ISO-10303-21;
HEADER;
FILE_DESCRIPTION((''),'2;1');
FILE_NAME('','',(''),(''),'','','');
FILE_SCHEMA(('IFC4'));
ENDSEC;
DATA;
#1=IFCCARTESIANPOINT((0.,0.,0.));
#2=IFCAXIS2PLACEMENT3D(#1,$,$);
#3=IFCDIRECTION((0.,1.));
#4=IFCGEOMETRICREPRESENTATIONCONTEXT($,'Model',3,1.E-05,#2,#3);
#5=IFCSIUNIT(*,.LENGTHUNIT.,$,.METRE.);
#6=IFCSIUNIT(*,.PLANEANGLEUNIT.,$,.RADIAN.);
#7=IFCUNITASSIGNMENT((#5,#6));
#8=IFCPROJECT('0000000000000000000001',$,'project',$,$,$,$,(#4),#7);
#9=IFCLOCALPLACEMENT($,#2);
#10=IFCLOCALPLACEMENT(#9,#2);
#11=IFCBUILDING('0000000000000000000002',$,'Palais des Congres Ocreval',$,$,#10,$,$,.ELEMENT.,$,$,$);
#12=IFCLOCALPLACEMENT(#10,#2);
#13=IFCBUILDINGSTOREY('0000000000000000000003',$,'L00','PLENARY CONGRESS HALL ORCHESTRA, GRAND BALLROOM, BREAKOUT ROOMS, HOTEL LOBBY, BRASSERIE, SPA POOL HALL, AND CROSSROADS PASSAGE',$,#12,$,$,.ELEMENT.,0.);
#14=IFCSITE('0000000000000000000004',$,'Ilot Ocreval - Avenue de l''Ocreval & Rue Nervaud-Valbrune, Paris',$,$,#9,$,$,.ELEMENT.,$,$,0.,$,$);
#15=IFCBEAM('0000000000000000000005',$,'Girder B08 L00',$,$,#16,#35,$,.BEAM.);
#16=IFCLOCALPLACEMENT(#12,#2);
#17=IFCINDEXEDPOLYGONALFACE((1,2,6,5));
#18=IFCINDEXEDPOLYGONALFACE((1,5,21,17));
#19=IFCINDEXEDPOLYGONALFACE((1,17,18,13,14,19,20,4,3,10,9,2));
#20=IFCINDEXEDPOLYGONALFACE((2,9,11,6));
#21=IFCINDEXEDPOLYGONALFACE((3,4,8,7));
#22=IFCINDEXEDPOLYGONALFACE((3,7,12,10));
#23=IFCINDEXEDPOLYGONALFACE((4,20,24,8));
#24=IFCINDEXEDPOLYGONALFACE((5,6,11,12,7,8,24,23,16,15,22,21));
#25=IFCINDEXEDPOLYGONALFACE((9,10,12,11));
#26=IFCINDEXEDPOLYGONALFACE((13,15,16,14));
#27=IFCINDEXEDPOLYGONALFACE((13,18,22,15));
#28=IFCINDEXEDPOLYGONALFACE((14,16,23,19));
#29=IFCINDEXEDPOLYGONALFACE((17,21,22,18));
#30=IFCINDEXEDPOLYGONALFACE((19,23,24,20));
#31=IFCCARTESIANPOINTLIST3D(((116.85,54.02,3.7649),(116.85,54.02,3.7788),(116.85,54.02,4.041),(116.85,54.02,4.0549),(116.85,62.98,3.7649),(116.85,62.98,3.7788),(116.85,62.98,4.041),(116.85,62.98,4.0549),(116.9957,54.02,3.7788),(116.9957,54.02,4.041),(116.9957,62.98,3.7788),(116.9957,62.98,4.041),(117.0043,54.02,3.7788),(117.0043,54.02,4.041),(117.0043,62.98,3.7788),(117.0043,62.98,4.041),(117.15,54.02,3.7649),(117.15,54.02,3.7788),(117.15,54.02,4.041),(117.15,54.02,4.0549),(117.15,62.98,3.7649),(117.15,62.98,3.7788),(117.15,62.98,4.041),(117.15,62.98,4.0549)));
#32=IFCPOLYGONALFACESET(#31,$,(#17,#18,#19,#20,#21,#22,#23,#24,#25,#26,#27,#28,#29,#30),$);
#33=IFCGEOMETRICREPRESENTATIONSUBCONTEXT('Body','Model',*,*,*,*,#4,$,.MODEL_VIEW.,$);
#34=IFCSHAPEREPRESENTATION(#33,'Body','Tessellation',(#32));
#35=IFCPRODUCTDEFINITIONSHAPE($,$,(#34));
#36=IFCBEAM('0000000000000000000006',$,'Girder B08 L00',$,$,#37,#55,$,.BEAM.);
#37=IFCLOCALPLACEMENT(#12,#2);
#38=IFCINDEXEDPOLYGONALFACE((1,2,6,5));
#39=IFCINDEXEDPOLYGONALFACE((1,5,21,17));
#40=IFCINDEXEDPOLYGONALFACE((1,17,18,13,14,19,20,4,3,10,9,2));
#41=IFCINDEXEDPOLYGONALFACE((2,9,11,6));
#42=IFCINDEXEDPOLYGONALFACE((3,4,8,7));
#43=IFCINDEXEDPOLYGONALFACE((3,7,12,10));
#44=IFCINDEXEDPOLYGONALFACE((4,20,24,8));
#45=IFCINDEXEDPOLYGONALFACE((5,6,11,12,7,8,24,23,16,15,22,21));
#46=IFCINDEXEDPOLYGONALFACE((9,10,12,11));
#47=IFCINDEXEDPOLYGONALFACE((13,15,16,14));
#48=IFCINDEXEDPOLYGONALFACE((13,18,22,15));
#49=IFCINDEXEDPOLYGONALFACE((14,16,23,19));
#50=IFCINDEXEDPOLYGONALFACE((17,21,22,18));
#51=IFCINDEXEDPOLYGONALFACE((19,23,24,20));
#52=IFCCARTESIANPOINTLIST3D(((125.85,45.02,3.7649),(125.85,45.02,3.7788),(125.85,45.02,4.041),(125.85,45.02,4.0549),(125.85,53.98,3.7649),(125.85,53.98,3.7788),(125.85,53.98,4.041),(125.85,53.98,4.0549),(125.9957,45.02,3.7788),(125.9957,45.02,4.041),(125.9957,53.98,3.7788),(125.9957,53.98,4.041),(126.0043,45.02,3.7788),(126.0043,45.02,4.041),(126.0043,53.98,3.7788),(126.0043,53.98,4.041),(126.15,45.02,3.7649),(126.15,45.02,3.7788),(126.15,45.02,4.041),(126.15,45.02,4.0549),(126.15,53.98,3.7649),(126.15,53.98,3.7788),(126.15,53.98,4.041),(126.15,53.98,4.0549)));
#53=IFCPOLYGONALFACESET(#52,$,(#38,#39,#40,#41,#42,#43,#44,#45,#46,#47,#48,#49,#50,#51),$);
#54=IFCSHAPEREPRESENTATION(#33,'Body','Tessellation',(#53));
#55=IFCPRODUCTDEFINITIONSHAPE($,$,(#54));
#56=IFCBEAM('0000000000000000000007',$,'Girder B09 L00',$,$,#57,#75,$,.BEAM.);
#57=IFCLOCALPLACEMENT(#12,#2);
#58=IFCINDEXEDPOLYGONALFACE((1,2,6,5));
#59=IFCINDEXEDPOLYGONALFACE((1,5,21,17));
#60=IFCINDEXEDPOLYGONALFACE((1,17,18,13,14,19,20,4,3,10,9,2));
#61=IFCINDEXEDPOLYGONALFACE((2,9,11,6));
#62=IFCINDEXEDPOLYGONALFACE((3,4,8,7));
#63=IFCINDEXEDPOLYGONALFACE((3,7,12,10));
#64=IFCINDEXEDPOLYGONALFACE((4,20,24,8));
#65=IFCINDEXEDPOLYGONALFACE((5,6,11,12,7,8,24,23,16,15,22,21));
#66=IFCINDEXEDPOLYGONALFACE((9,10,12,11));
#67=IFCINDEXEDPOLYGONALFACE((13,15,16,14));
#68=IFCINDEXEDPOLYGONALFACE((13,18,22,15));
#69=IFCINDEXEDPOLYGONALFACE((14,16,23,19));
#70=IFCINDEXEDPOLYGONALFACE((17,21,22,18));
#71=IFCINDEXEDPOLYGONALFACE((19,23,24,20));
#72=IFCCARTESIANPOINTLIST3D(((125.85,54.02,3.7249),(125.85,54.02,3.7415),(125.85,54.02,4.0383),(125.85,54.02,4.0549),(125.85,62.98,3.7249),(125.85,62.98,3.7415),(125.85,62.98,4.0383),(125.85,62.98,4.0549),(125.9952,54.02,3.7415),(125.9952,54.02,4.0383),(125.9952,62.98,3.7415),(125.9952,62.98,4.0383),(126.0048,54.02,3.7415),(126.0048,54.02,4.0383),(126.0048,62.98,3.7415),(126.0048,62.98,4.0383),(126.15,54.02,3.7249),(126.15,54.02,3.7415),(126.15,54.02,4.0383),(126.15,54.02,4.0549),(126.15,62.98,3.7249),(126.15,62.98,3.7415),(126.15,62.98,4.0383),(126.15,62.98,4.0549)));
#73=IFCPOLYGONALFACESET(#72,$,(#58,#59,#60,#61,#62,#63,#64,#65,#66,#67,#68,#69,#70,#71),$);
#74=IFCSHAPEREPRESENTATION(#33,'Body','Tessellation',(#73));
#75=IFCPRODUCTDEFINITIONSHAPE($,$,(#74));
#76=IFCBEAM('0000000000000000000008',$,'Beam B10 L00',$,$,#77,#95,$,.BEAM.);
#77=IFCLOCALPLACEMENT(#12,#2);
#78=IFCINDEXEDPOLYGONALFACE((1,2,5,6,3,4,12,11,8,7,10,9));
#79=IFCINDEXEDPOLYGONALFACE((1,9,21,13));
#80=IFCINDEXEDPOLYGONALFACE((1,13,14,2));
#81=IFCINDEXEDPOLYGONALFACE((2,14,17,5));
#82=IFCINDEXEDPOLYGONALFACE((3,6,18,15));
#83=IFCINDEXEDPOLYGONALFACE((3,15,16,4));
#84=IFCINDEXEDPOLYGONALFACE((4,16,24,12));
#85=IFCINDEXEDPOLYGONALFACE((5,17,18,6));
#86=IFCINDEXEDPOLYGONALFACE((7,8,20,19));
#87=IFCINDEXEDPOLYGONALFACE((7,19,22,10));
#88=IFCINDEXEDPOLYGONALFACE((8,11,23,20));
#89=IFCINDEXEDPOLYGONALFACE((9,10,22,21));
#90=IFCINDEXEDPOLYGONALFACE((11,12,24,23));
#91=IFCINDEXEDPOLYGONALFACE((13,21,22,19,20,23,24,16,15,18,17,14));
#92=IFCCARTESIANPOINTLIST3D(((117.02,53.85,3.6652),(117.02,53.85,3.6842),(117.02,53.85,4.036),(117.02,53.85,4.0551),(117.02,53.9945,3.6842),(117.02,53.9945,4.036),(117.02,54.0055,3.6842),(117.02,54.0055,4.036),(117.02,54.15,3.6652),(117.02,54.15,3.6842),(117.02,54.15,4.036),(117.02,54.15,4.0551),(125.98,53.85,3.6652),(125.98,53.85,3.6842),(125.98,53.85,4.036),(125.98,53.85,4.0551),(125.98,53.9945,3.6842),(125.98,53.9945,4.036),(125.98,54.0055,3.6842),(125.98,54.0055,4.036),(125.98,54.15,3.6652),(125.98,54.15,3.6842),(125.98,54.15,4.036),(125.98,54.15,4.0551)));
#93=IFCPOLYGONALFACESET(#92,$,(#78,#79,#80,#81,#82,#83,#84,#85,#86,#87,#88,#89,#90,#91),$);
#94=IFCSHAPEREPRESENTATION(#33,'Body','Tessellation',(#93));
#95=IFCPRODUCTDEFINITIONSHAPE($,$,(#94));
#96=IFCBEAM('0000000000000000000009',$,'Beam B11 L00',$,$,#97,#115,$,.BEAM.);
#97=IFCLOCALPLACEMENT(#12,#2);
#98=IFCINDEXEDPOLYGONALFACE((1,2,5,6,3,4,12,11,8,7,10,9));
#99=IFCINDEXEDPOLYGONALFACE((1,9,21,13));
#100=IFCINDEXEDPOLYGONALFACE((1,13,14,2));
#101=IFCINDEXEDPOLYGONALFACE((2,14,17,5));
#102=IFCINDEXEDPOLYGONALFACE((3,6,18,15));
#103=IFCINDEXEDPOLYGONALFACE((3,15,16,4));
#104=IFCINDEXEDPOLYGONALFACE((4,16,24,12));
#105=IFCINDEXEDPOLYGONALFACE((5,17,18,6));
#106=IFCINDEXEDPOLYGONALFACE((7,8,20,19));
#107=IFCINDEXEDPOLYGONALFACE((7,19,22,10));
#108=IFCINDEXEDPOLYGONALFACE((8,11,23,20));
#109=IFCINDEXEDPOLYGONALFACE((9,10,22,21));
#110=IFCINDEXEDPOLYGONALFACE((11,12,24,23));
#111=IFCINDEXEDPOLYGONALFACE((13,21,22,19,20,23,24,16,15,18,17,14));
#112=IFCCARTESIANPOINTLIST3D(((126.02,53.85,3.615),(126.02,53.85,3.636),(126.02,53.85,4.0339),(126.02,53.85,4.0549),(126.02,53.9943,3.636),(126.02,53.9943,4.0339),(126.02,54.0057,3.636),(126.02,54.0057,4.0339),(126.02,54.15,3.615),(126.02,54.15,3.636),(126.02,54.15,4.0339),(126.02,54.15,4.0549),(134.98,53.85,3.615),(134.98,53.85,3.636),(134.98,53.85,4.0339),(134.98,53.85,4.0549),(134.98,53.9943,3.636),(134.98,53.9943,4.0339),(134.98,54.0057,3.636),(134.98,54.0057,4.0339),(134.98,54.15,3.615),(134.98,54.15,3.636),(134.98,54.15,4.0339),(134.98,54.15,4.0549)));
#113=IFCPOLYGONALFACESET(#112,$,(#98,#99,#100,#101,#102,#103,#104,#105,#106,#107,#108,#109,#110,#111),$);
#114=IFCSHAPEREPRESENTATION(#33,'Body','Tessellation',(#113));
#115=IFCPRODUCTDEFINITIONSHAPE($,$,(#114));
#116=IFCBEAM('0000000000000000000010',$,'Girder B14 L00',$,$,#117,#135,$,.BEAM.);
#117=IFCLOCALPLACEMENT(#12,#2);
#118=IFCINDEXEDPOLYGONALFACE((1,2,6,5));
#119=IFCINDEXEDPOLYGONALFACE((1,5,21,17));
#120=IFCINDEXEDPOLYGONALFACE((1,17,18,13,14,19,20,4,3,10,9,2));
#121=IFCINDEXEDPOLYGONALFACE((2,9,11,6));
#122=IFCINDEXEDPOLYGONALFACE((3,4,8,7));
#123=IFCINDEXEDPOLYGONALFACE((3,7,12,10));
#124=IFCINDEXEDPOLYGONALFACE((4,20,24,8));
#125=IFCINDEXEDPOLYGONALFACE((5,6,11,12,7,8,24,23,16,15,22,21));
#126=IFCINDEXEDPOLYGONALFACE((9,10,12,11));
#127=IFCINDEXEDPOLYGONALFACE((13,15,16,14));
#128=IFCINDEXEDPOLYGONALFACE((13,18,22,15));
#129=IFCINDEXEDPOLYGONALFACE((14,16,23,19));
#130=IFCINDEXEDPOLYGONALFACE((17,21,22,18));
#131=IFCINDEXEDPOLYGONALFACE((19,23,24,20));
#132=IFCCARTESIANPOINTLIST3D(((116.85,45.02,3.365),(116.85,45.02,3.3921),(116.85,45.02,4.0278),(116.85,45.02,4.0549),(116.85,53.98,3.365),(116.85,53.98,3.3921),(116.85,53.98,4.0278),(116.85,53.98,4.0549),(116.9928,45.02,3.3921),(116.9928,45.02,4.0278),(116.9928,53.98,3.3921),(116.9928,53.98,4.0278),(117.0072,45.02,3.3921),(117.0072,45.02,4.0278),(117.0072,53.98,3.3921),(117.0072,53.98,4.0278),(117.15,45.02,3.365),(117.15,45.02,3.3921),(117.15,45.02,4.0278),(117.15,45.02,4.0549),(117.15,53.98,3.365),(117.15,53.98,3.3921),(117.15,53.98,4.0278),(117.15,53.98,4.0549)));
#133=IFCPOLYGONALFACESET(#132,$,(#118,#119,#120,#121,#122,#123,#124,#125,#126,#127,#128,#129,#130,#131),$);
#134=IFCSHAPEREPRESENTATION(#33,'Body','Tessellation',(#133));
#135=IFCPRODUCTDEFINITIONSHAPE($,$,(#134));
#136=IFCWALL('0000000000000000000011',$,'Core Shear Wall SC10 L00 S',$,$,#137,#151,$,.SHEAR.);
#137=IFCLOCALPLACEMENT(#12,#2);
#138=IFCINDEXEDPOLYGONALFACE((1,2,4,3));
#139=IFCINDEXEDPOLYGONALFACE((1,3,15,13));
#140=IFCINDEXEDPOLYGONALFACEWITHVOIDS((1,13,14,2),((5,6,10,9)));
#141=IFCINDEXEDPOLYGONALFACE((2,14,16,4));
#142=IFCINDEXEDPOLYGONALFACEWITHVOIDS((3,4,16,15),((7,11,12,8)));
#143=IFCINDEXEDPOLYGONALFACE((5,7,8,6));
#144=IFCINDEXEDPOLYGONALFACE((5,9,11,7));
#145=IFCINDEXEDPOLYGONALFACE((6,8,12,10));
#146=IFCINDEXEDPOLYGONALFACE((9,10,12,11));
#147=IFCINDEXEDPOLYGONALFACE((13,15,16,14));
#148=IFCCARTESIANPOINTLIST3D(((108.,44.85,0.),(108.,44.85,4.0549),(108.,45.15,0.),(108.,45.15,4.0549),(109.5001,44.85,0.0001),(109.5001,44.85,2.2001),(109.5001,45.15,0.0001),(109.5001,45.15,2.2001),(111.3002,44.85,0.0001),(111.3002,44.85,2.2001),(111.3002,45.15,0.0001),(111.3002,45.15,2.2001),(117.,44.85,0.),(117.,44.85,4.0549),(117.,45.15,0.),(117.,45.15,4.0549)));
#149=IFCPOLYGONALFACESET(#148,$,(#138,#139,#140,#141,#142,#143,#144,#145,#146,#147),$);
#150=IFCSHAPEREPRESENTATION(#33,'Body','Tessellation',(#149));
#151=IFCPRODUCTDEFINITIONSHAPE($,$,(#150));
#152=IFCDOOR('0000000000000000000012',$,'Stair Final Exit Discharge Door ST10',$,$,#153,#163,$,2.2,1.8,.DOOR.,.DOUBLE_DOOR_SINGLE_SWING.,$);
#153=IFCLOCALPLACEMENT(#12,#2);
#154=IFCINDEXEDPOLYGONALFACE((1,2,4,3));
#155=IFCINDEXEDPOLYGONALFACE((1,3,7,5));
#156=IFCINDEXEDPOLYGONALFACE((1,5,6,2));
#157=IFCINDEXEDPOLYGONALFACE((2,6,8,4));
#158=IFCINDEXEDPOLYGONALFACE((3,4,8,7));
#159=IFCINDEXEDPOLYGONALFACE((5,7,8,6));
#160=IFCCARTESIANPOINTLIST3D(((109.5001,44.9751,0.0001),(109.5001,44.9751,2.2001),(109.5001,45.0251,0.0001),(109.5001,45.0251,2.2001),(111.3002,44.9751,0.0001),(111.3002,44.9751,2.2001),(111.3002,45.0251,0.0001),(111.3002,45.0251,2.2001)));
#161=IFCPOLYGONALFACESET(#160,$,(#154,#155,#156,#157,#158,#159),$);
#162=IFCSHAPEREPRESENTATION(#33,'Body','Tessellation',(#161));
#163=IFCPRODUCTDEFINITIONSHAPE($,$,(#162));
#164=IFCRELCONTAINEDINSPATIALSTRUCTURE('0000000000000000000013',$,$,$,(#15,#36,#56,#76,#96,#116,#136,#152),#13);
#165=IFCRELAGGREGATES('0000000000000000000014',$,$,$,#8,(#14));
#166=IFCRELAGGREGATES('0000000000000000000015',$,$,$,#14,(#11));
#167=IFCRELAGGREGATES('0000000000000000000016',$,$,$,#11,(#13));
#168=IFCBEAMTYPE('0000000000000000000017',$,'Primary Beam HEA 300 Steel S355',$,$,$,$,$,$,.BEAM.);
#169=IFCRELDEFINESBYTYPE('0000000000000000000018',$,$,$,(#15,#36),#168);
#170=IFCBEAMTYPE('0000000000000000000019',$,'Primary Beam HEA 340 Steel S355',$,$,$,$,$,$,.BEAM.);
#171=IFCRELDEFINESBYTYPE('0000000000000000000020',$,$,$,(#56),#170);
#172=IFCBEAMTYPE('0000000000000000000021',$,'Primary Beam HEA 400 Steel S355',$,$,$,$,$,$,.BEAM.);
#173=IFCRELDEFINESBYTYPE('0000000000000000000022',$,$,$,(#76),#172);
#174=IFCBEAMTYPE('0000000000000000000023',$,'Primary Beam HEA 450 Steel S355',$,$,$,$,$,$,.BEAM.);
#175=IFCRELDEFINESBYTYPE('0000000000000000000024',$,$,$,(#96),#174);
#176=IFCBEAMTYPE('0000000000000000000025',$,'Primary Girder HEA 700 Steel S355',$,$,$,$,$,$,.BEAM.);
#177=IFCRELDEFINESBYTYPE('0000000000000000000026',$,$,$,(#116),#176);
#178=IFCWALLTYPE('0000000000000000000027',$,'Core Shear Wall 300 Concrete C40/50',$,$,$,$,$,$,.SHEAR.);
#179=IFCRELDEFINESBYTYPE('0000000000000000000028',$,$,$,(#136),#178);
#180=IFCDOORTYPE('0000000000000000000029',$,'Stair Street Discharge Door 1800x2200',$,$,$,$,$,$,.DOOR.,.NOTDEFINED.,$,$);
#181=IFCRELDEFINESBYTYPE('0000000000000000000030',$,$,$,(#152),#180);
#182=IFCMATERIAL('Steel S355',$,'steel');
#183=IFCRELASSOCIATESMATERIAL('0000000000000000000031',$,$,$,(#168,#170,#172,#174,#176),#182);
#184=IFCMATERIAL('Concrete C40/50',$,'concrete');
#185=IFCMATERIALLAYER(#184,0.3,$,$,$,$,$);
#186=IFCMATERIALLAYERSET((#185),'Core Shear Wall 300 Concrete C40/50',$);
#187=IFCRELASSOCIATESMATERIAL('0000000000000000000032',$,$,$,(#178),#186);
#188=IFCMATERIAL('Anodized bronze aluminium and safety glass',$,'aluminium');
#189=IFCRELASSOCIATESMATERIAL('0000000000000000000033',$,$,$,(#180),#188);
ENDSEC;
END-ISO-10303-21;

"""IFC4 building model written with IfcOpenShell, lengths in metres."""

from ifc_helpers import new_model, si_unit, direction, frame, frame_2d, origin, origin_2d, place, context, subcontext, project, spatial, rectangle, i_section, extrude, material, layer, layer_set, material_profile, profile_set, type_object, element, fill, save


model = new_model("IFC4")

# Units and contexts
model_context = context("Model", 3, precision=1e-05, world=origin(), true_north=direction((0.0, 1.0)))
body_context = subcontext(model_context, "Body", "Model", "MODEL_VIEW")
ifc_project = project(units=[si_unit("LENGTHUNIT", "METRE"), si_unit("PLANEANGLEUNIT", "RADIAN")], contexts=[model_context])

# Site, building, storey
site_placement = place(None, origin())
site = spatial("IfcSite", under=ifc_project, at=site_placement, Name="Ilot Ocreval - Avenue de l'Ocreval & Rue Nervaud-Valbrune, Paris", CompositionType="ELEMENT", RefElevation=0.0)
building_placement = place(site_placement, origin())
building = spatial("IfcBuilding", under=site, at=building_placement, Name="Palais des Congres Ocreval", CompositionType="ELEMENT")
storey_placement = place(building_placement, origin())
storey = spatial("IfcBuildingStorey", under=building, at=storey_placement, Name="L00", Description="PLENARY CONGRESS HALL ORCHESTRA, GRAND BALLROOM, BREAKOUT ROOMS, HOTEL LOBBY, BRASSERIE, SPA POOL HALL, AND CROSSROADS PASSAGE", CompositionType="ELEMENT", Elevation=0.0)

# Shared definitions
ifc_material_1 = material(Name="Steel S355", Category="steel")

# Beams
ifc_material_profile_1 = material_profile(ifc_material_1, i_section(OverallWidth=0.3, OverallDepth=0.29, WebThickness=0.0085, FlangeThickness=0.0139, at=origin_2d()), Name="HEA 300")
ifc_profile_set_1 = profile_set([ifc_material_profile_1], Name="Steel S355")
beam_type_1 = type_object("IfcBeamType", Name="Primary Beam HEA 300 Steel S355", PredefinedType="BEAM", material=ifc_profile_set_1)
for number, where, z_axis, x_axis, name in (
    (1, (117.0, 54.02, 3.9099), (0.0, 1.0, 0.0), (-1.0, 0.0, 0.0), "Girder B08 L00"),
    (2, (126.0, 45.02, 3.9099), (0.0, 1.0, 0.0), (-1.0, 0.0, 0.0), "Girder B08 L00"),
):
    element("IfcBeam", number, at=place(storey_placement, frame(where, z_axis=z_axis, x_axis=x_axis)), inside=storey, type_object=beam_type_1, Name=name, PredefinedType="BEAM", context=body_context, shape_type="SweptSolid", body=[
        extrude(i_section(OverallWidth=0.3, OverallDepth=0.29, WebThickness=0.0085, FlangeThickness=0.0139, at=origin_2d()), origin(), (0.0, 0.0, 1.0), 8.96),
    ])
ifc_material_profile_2 = material_profile(ifc_material_1, i_section(OverallWidth=0.3, OverallDepth=0.3301, WebThickness=0.0095, FlangeThickness=0.0166, at=origin_2d()), Name="HEA 340")
ifc_profile_set_2 = profile_set([ifc_material_profile_2], Name="Steel S355")
beam_type_2 = type_object("IfcBeamType", Name="Primary Beam HEA 340 Steel S355", PredefinedType="BEAM", material=ifc_profile_set_2)
beam_1_placement = place(storey_placement, frame((126.0, 54.02, 3.8899), z_axis=(0.0, 1.0, 0.0), x_axis=(-1.0, 0.0, 0.0)))
element("IfcBeam", 3, at=beam_1_placement, inside=storey, type_object=beam_type_2, Name="Girder B09 L00", PredefinedType="BEAM", context=body_context, shape_type="SweptSolid", body=[
    extrude(i_section(OverallWidth=0.3, OverallDepth=0.3301, WebThickness=0.0095, FlangeThickness=0.0166, at=origin_2d()), origin(), (0.0, 0.0, 1.0), 8.96),
])
ifc_material_profile_3 = material_profile(ifc_material_1, i_section(OverallWidth=0.3, OverallDepth=0.3899, WebThickness=0.011, FlangeThickness=0.019, at=origin_2d()), Name="HEA 400")
ifc_profile_set_3 = profile_set([ifc_material_profile_3], Name="Steel S355")
beam_type_3 = type_object("IfcBeamType", Name="Primary Beam HEA 400 Steel S355", PredefinedType="BEAM", material=ifc_profile_set_3)
beam_2_placement = place(storey_placement, frame((117.02, 54.0, 3.8601), z_axis=(1.0, 0.0, 0.0), x_axis=(0.0, 1.0, 0.0)))
element("IfcBeam", 4, at=beam_2_placement, inside=storey, type_object=beam_type_3, Name="Beam B10 L00", PredefinedType="BEAM", context=body_context, shape_type="SweptSolid", body=[
    extrude(i_section(OverallWidth=0.3, OverallDepth=0.3899, WebThickness=0.011, FlangeThickness=0.019, at=origin_2d()), origin(), (0.0, 0.0, 1.0), 8.96),
])
ifc_material_profile_4 = material_profile(ifc_material_1, i_section(OverallWidth=0.3, OverallDepth=0.4399, WebThickness=0.0115, FlangeThickness=0.021, at=origin_2d()), Name="HEA 450")
ifc_profile_set_4 = profile_set([ifc_material_profile_4], Name="Steel S355")
beam_type_4 = type_object("IfcBeamType", Name="Primary Beam HEA 450 Steel S355", PredefinedType="BEAM", material=ifc_profile_set_4)
beam_3_placement = place(storey_placement, frame((126.02, 54.0, 3.835), z_axis=(1.0, 0.0, 0.0), x_axis=(0.0, 1.0, 0.0)))
element("IfcBeam", 5, at=beam_3_placement, inside=storey, type_object=beam_type_4, Name="Beam B11 L00", PredefinedType="BEAM", context=body_context, shape_type="SweptSolid", body=[
    extrude(i_section(OverallWidth=0.3, OverallDepth=0.4399, WebThickness=0.0115, FlangeThickness=0.021, at=origin_2d()), origin(), (0.0, 0.0, 1.0), 8.96),
])
ifc_material_profile_5 = material_profile(ifc_material_1, i_section(OverallWidth=0.3, OverallDepth=0.6899, WebThickness=0.0144, FlangeThickness=0.0271, at=origin_2d()), Name="HEA 700")
ifc_profile_set_5 = profile_set([ifc_material_profile_5], Name="Steel S355")
beam_type_5 = type_object("IfcBeamType", Name="Primary Girder HEA 700 Steel S355", PredefinedType="BEAM", material=ifc_profile_set_5)
beam_4_placement = place(storey_placement, frame((117.0, 45.02, 3.71), z_axis=(0.0, 1.0, 0.0), x_axis=(-1.0, 0.0, 0.0)))
element("IfcBeam", 6, at=beam_4_placement, inside=storey, type_object=beam_type_5, Name="Girder B14 L00", PredefinedType="BEAM", context=body_context, shape_type="SweptSolid", body=[
    extrude(i_section(OverallWidth=0.3, OverallDepth=0.6899, WebThickness=0.0144, FlangeThickness=0.0271, at=origin_2d()), origin(), (0.0, 0.0, 1.0), 8.96),
])

# Wall, opening, door
ifc_material_2 = material(Name="Concrete C40/50", Category="concrete")
ifc_layer_1 = layer(ifc_material_2, 0.3)
ifc_layer_set_1 = layer_set([ifc_layer_1], Name="Core Shear Wall 300 Concrete C40/50")
wall_type_1 = type_object("IfcWallType", Name="Core Shear Wall 300 Concrete C40/50", PredefinedType="SHEAR", material=ifc_layer_set_1)
wall_1_placement = place(storey_placement, frame((117.0, 45.0, 0.0), z_axis=(0.0, 0.0, 1.0), x_axis=(-1.0, 0.0, 0.0)))
wall_1 = element("IfcWall", 7, at=wall_1_placement, inside=storey, type_object=wall_type_1, Name="Core Shear Wall SC10 L00 S", PredefinedType="SHEAR", context=body_context, shape_type="SweptSolid", body=[
    extrude(rectangle(XDim=9.0, YDim=0.3, at=frame_2d((4.5, 0.0))), origin(), (0.0, 0.0, 1.0), 4.0549),
])
opening_1_placement = place(wall_1_placement, frame((5.7, 0.0, 0.0)))
opening_1 = element("IfcOpeningElement", 8, at=opening_1_placement, cuts=wall_1, PredefinedType="OPENING", context=body_context, shape_type="SweptSolid", body=[
    extrude(rectangle(XDim=1.8, YDim=2.2, at=frame_2d((0.8999, 1.1001))), frame((0.0, 0.1599, 0.0), z_axis=(0.0, -1.0, 0.0), x_axis=(1.0, 0.0, 0.0)), (0.0, 0.0, 1.0), 0.3201),
])
ifc_material_3 = material(Name="Anodized bronze aluminium and safety glass", Category="aluminium")
door_type_1 = type_object("IfcDoorType", Name="Stair Street Discharge Door 1800x2200", OperationType="NOTDEFINED", PredefinedType="DOOR", material=ifc_material_3)
door_1_placement = place(opening_1_placement, origin())
door_1 = element("IfcDoor", 9, at=door_1_placement, inside=storey, type_object=door_type_1, Name="Stair Final Exit Discharge Door ST10", OperationType="DOUBLE_DOOR_SINGLE_SWING", OverallHeight=2.2, OverallWidth=1.8, PredefinedType="DOOR", context=body_context, shape_type="SweptSolid", body=[
    extrude(rectangle(XDim=1.8, YDim=2.2, at=frame_2d((0.8999, 1.1001))), frame((0.0, 0.0249, 0.0), z_axis=(0.0, -1.0, 0.0), x_axis=(1.0, 0.0, 0.0)), (0.0, 0.0, 1.0), 0.05),
])
fill(opening_1, door_1)

save(model, "model.ifc")
